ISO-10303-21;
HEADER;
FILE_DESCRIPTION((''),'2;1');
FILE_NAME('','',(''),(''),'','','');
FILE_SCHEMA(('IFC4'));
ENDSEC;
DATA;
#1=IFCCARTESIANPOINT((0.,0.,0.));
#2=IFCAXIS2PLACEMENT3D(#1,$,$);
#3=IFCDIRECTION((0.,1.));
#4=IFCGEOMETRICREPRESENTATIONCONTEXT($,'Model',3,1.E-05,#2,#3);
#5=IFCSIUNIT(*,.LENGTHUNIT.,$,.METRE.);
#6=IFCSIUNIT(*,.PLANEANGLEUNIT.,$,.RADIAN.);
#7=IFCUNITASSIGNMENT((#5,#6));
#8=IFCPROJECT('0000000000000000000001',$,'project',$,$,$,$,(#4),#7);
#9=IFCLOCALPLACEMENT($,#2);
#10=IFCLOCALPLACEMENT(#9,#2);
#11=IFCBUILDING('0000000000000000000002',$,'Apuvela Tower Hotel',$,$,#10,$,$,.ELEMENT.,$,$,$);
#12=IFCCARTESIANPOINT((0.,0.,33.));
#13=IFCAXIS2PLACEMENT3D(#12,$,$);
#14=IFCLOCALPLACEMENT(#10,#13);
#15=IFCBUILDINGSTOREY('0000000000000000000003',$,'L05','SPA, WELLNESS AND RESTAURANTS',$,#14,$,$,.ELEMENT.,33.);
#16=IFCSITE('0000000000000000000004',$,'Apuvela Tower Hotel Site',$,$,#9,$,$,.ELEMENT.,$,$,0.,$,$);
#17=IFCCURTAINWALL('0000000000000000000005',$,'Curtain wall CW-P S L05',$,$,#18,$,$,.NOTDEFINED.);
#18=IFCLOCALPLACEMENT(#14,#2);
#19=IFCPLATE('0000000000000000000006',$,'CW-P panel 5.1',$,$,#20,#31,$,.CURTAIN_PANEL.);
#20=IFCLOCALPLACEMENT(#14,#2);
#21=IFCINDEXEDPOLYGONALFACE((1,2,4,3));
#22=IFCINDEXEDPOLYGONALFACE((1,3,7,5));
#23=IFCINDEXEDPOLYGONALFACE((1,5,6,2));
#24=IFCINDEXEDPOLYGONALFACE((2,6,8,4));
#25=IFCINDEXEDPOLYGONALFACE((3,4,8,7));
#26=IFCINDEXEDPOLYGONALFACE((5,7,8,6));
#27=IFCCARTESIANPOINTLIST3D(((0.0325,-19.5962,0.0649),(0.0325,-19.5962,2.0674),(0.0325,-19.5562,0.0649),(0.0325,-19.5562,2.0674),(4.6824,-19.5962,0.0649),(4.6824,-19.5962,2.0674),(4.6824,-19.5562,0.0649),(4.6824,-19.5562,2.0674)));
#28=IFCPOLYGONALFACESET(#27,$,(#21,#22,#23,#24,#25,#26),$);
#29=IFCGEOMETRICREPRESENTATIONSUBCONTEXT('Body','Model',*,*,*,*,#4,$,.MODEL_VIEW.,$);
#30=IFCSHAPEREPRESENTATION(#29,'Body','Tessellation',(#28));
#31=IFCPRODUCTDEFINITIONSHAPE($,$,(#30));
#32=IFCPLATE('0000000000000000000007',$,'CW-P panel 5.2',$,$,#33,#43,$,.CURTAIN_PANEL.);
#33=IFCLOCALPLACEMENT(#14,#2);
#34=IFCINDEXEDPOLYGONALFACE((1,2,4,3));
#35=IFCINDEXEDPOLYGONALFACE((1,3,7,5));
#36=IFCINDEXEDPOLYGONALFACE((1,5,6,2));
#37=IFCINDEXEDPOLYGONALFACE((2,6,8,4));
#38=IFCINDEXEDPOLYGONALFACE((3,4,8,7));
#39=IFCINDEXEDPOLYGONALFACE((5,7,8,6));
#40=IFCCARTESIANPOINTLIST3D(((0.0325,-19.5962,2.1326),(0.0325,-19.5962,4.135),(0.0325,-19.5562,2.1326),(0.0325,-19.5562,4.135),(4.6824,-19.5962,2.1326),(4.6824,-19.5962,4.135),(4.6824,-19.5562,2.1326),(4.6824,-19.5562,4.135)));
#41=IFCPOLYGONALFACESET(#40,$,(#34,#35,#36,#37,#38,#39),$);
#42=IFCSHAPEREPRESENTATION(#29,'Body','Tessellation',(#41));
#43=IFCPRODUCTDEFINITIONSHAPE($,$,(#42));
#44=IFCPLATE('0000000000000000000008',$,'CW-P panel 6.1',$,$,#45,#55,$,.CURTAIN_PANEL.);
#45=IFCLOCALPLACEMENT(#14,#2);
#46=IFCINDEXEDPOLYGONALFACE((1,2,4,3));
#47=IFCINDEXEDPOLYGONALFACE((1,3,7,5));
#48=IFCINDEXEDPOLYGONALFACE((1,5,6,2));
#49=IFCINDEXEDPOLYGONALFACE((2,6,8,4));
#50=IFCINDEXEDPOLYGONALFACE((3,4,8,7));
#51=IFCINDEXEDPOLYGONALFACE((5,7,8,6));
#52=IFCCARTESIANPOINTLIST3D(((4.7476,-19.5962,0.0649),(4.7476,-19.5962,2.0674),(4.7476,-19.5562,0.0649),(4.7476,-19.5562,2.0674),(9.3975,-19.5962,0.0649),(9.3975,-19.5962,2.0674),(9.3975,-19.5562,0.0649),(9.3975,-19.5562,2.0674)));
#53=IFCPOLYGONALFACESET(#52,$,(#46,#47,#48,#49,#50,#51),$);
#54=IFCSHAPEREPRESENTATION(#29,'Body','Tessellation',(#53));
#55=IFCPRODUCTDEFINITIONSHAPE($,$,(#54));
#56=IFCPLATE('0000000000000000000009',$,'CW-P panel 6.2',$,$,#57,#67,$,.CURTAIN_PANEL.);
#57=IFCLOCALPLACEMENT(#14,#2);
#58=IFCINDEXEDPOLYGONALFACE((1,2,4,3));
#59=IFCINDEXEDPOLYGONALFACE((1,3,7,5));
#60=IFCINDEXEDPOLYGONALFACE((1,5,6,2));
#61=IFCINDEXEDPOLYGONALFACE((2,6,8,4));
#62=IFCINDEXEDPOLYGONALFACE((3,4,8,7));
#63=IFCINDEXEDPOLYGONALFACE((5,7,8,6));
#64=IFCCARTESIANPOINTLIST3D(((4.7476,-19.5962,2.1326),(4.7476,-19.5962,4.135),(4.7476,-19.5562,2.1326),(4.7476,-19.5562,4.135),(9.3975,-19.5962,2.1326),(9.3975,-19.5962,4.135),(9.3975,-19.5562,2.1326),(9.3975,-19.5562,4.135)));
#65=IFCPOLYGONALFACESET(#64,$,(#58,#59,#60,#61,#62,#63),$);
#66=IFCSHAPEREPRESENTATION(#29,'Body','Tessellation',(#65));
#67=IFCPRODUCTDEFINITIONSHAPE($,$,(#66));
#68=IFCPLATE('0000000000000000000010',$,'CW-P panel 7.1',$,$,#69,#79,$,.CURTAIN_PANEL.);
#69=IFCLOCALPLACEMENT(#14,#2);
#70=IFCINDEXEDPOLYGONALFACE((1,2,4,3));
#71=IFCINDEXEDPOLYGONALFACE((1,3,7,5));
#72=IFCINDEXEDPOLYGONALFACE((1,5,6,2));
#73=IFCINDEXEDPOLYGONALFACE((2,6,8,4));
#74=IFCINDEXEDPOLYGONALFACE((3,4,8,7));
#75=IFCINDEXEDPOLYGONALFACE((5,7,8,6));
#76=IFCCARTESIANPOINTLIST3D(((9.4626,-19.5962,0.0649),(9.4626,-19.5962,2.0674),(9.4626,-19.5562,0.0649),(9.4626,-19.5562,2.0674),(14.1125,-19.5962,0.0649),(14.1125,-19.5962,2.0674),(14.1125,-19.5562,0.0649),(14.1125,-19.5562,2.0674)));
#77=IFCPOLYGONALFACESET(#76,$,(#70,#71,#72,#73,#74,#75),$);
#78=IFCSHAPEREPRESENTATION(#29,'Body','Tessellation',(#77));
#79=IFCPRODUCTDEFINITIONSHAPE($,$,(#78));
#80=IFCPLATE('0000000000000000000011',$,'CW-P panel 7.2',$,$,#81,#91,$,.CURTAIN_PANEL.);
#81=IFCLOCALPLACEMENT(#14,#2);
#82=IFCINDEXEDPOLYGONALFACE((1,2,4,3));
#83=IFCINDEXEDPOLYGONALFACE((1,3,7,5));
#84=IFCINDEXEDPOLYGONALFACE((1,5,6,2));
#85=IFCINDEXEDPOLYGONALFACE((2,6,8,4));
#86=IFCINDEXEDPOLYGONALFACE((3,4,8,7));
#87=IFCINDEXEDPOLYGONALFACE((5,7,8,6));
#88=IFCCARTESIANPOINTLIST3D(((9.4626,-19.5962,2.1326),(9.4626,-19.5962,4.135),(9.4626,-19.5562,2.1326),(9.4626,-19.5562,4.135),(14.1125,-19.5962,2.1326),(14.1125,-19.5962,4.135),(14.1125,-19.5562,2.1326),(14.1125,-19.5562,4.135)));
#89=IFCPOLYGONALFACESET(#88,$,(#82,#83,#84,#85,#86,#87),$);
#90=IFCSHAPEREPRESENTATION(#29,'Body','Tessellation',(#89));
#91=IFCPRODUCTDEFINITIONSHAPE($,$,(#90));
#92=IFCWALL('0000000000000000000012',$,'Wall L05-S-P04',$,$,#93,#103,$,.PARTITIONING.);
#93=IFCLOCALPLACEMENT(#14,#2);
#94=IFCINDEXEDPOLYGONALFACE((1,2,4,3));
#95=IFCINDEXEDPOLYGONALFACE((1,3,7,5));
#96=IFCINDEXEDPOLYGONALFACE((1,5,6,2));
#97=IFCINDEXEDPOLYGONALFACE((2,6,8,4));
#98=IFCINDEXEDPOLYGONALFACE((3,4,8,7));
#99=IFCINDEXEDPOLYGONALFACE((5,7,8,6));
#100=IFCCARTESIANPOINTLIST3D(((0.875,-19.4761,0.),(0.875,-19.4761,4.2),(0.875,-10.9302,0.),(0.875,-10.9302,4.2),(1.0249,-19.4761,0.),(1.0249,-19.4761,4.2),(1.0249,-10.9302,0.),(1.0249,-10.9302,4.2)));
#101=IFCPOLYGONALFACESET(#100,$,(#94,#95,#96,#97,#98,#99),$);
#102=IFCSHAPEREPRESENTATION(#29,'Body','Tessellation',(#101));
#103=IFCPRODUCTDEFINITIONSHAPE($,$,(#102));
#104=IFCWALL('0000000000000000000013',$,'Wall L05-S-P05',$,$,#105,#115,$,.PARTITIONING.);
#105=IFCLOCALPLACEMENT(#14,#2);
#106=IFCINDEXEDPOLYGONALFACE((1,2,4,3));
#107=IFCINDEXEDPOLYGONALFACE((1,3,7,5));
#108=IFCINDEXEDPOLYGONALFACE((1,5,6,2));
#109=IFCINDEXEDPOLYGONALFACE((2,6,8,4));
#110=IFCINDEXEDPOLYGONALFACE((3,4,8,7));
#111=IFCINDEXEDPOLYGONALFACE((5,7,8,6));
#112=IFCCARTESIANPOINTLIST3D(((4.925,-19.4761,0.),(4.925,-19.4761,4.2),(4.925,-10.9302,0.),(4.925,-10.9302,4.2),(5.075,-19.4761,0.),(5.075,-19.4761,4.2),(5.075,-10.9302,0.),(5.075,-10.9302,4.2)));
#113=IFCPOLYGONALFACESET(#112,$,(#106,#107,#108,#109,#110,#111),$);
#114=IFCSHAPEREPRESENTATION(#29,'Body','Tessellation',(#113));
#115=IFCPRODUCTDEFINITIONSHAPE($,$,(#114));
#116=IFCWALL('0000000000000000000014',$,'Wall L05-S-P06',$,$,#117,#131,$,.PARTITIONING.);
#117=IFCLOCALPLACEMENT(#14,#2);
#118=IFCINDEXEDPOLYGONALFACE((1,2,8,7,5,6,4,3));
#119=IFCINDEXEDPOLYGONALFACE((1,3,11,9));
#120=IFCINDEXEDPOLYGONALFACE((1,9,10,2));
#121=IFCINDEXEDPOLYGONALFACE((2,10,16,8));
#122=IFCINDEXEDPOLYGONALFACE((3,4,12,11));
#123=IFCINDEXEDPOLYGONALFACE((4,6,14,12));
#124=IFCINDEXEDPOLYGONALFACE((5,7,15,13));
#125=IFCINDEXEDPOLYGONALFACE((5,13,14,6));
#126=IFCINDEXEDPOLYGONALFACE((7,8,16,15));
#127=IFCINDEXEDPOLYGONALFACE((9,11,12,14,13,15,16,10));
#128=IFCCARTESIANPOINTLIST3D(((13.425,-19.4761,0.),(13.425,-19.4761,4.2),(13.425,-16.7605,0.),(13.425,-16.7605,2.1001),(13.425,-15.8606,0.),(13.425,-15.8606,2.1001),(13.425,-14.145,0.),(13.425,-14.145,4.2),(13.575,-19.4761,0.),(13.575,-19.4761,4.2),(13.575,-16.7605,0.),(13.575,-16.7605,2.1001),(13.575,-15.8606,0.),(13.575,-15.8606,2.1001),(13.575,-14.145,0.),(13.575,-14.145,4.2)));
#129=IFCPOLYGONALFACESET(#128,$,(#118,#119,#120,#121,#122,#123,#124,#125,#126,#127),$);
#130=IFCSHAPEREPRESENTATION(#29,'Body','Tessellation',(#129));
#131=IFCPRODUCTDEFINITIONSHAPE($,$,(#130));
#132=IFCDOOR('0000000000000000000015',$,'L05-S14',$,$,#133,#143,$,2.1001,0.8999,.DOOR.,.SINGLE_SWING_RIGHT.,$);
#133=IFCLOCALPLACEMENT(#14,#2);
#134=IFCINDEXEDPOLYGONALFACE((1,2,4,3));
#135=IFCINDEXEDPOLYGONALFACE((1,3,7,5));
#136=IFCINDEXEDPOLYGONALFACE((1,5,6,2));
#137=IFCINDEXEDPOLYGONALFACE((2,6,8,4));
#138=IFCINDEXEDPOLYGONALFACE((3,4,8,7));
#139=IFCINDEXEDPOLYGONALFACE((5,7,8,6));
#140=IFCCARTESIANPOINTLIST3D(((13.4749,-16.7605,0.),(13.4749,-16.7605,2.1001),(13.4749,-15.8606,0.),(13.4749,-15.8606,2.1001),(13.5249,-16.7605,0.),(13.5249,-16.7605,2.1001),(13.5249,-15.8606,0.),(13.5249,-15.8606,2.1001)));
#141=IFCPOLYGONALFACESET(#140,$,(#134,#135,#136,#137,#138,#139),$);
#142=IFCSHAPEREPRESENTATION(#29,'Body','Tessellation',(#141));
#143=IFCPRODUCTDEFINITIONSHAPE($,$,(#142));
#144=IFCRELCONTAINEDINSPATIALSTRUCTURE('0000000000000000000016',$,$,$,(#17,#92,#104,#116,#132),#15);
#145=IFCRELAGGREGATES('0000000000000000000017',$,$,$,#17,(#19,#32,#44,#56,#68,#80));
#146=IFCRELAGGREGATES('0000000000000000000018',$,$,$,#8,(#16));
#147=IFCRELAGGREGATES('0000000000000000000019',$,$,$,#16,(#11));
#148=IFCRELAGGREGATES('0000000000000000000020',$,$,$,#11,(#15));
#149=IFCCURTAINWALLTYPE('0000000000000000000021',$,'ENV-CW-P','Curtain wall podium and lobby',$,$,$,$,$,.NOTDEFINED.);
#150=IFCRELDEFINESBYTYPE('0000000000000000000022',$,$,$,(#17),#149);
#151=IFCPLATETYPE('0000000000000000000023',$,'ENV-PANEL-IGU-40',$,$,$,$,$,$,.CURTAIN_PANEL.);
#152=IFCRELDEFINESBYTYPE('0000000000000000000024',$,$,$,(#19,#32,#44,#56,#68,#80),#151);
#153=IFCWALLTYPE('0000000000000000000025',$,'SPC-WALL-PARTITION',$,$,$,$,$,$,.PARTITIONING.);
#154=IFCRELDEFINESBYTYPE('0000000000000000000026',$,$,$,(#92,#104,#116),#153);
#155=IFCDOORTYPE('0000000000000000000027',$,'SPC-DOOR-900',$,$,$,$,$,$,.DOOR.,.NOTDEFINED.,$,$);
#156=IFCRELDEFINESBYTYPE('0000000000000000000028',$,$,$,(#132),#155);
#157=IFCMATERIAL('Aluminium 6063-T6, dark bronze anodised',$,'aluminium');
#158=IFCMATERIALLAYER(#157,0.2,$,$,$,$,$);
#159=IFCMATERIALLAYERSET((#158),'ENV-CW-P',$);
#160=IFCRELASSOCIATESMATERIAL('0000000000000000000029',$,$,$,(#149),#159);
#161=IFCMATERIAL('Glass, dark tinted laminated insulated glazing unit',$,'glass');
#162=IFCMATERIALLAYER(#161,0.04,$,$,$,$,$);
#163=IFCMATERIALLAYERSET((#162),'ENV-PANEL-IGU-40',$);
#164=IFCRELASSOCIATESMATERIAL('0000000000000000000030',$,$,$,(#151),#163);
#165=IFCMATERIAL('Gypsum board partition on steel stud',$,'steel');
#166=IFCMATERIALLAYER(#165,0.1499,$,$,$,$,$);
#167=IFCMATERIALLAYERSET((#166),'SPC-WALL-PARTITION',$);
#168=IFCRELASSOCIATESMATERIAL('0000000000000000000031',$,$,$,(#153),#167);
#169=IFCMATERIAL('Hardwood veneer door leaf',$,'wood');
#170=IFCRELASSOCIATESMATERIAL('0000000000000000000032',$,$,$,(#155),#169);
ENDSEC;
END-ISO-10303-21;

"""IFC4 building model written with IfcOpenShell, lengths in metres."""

from ifc_helpers import new_model, si_unit, direction, frame, frame_2d, origin, origin_2d, place, context, subcontext, project, spatial, rectangle, extrude, material, layer, layer_set, type_object, element, fill, aggregate, save


model = new_model("IFC4")

# Units and contexts
model_context = context("Model", 3, precision=1e-05, world=origin(), true_north=direction((0.0, 1.0)))
body_context = subcontext(model_context, "Body", "Model", "MODEL_VIEW")
ifc_project = project(units=[si_unit("LENGTHUNIT", "METRE"), si_unit("PLANEANGLEUNIT", "RADIAN")], contexts=[model_context])

# Site, building, storey
site_placement = place(None, origin())
site = spatial("IfcSite", under=ifc_project, at=site_placement, Name="Apuvela Tower Hotel Site", CompositionType="ELEMENT", RefElevation=0.0)
building_placement = place(site_placement, origin())
building = spatial("IfcBuilding", under=site, at=building_placement, Name="Apuvela Tower Hotel", CompositionType="ELEMENT")
storey_placement = place(building_placement, frame((0.0, 0.0, 33.0)))
storey = spatial("IfcBuildingStorey", under=building, at=storey_placement, Name="L05", Description="SPA, WELLNESS AND RESTAURANTS", CompositionType="ELEMENT", Elevation=33.0)

# Curtain wall
ifc_material_1 = material(Name="Aluminium 6063-T6, dark bronze anodised", Category="aluminium")
ifc_layer_1 = layer(ifc_material_1, 0.2)
ifc_layer_set_1 = layer_set([ifc_layer_1], Name="ENV-CW-P")
curtain_wall_type = type_object("IfcCurtainWallType", Name="ENV-CW-P", Description="Curtain wall podium and lobby", PredefinedType="NOTDEFINED", material=ifc_layer_set_1)
curtain_wall_placement = place(storey_placement, origin())
curtain_wall = element("IfcCurtainWall", 1, at=curtain_wall_placement, inside=storey, type_object=curtain_wall_type, Name="Curtain wall CW-P S L05", PredefinedType="NOTDEFINED")

# Plates
ifc_material_2 = material(Name="Glass, dark tinted laminated insulated glazing unit", Category="glass")
ifc_layer_2 = layer(ifc_material_2, 0.04)
ifc_layer_set_2 = layer_set([ifc_layer_2], Name="ENV-PANEL-IGU-40")
plate_type = type_object("IfcPlateType", Name="ENV-PANEL-IGU-40", PredefinedType="CURTAIN_PANEL", material=ifc_layer_set_2)
plate_1_placement = place(storey_placement, frame((2.3574, -19.5762, 0.0649), z_axis=(0.0, 0.0, 1.0), x_axis=(1.0, 0.0, 0.0)))
plate_1 = element("IfcPlate", 2, at=plate_1_placement, type_object=plate_type, Name="CW-P panel 5.1", PredefinedType="CURTAIN_PANEL", context=body_context, shape_type="SweptSolid", body=[
    extrude(rectangle(XDim=4.6499, YDim=0.04, at=origin_2d()), origin(), (0.0, 0.0, 1.0), 2.0024),
])
plate_2_placement = place(storey_placement, frame((2.3574, -19.5762, 2.1326), z_axis=(0.0, 0.0, 1.0), x_axis=(1.0, 0.0, 0.0)))
plate_2 = element("IfcPlate", 3, at=plate_2_placement, type_object=plate_type, Name="CW-P panel 5.2", PredefinedType="CURTAIN_PANEL", context=body_context, shape_type="SweptSolid", body=[
    extrude(rectangle(XDim=4.6499, YDim=0.04, at=origin_2d()), origin(), (0.0, 0.0, 1.0), 2.0024),
])
plate_3_placement = place(storey_placement, frame((7.0725, -19.5762, 0.0649), z_axis=(0.0, 0.0, 1.0), x_axis=(1.0, 0.0, 0.0)))
plate_3 = element("IfcPlate", 4, at=plate_3_placement, type_object=plate_type, Name="CW-P panel 6.1", PredefinedType="CURTAIN_PANEL", context=body_context, shape_type="SweptSolid", body=[
    extrude(rectangle(XDim=4.6499, YDim=0.04, at=origin_2d()), origin(), (0.0, 0.0, 1.0), 2.0024),
])
plate_4_placement = place(storey_placement, frame((7.0725, -19.5762, 2.1326), z_axis=(0.0, 0.0, 1.0), x_axis=(1.0, 0.0, 0.0)))
plate_4 = element("IfcPlate", 5, at=plate_4_placement, type_object=plate_type, Name="CW-P panel 6.2", PredefinedType="CURTAIN_PANEL", context=body_context, shape_type="SweptSolid", body=[
    extrude(rectangle(XDim=4.6499, YDim=0.04, at=origin_2d()), origin(), (0.0, 0.0, 1.0), 2.0024),
])
plate_5_placement = place(storey_placement, frame((11.7876, -19.5762, 0.0649), z_axis=(0.0, 0.0, 1.0), x_axis=(1.0, 0.0, 0.0)))
plate_5 = element("IfcPlate", 6, at=plate_5_placement, type_object=plate_type, Name="CW-P panel 7.1", PredefinedType="CURTAIN_PANEL", context=body_context, shape_type="SweptSolid", body=[
    extrude(rectangle(XDim=4.6499, YDim=0.04, at=origin_2d()), origin(), (0.0, 0.0, 1.0), 2.0024),
])
plate_6_placement = place(storey_placement, frame((11.7876, -19.5762, 2.1326), z_axis=(0.0, 0.0, 1.0), x_axis=(1.0, 0.0, 0.0)))
plate_6 = element("IfcPlate", 7, at=plate_6_placement, type_object=plate_type, Name="CW-P panel 7.2", PredefinedType="CURTAIN_PANEL", context=body_context, shape_type="SweptSolid", body=[
    extrude(rectangle(XDim=4.6499, YDim=0.04, at=origin_2d()), origin(), (0.0, 0.0, 1.0), 2.0024),
])
aggregate(curtain_wall, [plate_1, plate_2, plate_3, plate_4, plate_5, plate_6])

# Walls
ifc_material_3 = material(Name="Gypsum board partition on steel stud", Category="steel")
ifc_layer_3 = layer(ifc_material_3, 0.1499)
ifc_layer_set_3 = layer_set([ifc_layer_3], Name="SPC-WALL-PARTITION")
wall_type = type_object("IfcWallType", Name="SPC-WALL-PARTITION", PredefinedType="PARTITIONING", material=ifc_layer_set_3)
for number, where, z_axis, x_axis, name in (
    (8, (0.95, -19.4761, 0.0), (0.0, 0.0, 1.0), (0.0, 1.0, 0.0), "Wall L05-S-P04"),
    (9, (5.0, -19.4761, 0.0), (0.0, 0.0, 1.0), (0.0, 1.0, 0.0), "Wall L05-S-P05"),
):
    element("IfcWall", number, at=place(storey_placement, frame(where, z_axis=z_axis, x_axis=x_axis)), inside=storey, type_object=wall_type, Name=name, PredefinedType="PARTITIONING", context=body_context, shape_type="SweptSolid", body=[
        extrude(rectangle(XDim=8.5459, YDim=0.1499, at=frame_2d((4.2729, 0.0))), origin(), (0.0, 0.0, 1.0), 4.2),
    ])

# Wall, opening, door
wall_placement = place(storey_placement, frame((13.5, -19.4761, 0.0), z_axis=(0.0, 0.0, 1.0), x_axis=(0.0, 1.0, 0.0)))
wall = element("IfcWall", 10, at=wall_placement, inside=storey, type_object=wall_type, Name="Wall L05-S-P06", PredefinedType="PARTITIONING", context=body_context, shape_type="SweptSolid", body=[
    extrude(rectangle(XDim=5.3311, YDim=0.1499, at=frame_2d((2.6655, 0.0))), origin(), (0.0, 0.0, 1.0), 4.2),
])
opening_placement = place(wall_placement, frame((2.7156, 0.0, 0.0)))
opening = element("IfcOpeningElement", 11, at=opening_placement, cuts=wall, PredefinedType="OPENING", context=body_context, shape_type="SweptSolid", body=[
    extrude(rectangle(XDim=0.8999, YDim=2.1001, at=frame_2d((0.45, 1.05))), frame((0.0, 0.085, 0.0), z_axis=(0.0, -1.0, 0.0), x_axis=(1.0, 0.0, 0.0)), (0.0, 0.0, 1.0), 0.1699),
])
ifc_material_4 = material(Name="Hardwood veneer door leaf", Category="wood")
door_type = type_object("IfcDoorType", Name="SPC-DOOR-900", OperationType="NOTDEFINED", PredefinedType="DOOR", material=ifc_material_4)
door_placement = place(opening_placement, frame((0.8999, 0.0, 0.0), z_axis=(0.0, 0.0, 1.0), x_axis=(-1.0, 0.0, 0.0)))
door = element("IfcDoor", 12, at=door_placement, inside=storey, type_object=door_type, Name="L05-S14", OperationType="SINGLE_SWING_RIGHT", OverallHeight=2.1001, OverallWidth=0.8999, PredefinedType="DOOR", context=body_context, shape_type="SweptSolid", body=[
    extrude(rectangle(XDim=0.8999, YDim=2.1001, at=frame_2d((0.45, 1.05))), frame((0.0, 0.0249, 0.0), z_axis=(0.0, -1.0, 0.0), x_axis=(1.0, 0.0, 0.0)), (0.0, 0.0, 1.0), 0.05),
])
fill(opening, door)

save(model, "model.ifc")
